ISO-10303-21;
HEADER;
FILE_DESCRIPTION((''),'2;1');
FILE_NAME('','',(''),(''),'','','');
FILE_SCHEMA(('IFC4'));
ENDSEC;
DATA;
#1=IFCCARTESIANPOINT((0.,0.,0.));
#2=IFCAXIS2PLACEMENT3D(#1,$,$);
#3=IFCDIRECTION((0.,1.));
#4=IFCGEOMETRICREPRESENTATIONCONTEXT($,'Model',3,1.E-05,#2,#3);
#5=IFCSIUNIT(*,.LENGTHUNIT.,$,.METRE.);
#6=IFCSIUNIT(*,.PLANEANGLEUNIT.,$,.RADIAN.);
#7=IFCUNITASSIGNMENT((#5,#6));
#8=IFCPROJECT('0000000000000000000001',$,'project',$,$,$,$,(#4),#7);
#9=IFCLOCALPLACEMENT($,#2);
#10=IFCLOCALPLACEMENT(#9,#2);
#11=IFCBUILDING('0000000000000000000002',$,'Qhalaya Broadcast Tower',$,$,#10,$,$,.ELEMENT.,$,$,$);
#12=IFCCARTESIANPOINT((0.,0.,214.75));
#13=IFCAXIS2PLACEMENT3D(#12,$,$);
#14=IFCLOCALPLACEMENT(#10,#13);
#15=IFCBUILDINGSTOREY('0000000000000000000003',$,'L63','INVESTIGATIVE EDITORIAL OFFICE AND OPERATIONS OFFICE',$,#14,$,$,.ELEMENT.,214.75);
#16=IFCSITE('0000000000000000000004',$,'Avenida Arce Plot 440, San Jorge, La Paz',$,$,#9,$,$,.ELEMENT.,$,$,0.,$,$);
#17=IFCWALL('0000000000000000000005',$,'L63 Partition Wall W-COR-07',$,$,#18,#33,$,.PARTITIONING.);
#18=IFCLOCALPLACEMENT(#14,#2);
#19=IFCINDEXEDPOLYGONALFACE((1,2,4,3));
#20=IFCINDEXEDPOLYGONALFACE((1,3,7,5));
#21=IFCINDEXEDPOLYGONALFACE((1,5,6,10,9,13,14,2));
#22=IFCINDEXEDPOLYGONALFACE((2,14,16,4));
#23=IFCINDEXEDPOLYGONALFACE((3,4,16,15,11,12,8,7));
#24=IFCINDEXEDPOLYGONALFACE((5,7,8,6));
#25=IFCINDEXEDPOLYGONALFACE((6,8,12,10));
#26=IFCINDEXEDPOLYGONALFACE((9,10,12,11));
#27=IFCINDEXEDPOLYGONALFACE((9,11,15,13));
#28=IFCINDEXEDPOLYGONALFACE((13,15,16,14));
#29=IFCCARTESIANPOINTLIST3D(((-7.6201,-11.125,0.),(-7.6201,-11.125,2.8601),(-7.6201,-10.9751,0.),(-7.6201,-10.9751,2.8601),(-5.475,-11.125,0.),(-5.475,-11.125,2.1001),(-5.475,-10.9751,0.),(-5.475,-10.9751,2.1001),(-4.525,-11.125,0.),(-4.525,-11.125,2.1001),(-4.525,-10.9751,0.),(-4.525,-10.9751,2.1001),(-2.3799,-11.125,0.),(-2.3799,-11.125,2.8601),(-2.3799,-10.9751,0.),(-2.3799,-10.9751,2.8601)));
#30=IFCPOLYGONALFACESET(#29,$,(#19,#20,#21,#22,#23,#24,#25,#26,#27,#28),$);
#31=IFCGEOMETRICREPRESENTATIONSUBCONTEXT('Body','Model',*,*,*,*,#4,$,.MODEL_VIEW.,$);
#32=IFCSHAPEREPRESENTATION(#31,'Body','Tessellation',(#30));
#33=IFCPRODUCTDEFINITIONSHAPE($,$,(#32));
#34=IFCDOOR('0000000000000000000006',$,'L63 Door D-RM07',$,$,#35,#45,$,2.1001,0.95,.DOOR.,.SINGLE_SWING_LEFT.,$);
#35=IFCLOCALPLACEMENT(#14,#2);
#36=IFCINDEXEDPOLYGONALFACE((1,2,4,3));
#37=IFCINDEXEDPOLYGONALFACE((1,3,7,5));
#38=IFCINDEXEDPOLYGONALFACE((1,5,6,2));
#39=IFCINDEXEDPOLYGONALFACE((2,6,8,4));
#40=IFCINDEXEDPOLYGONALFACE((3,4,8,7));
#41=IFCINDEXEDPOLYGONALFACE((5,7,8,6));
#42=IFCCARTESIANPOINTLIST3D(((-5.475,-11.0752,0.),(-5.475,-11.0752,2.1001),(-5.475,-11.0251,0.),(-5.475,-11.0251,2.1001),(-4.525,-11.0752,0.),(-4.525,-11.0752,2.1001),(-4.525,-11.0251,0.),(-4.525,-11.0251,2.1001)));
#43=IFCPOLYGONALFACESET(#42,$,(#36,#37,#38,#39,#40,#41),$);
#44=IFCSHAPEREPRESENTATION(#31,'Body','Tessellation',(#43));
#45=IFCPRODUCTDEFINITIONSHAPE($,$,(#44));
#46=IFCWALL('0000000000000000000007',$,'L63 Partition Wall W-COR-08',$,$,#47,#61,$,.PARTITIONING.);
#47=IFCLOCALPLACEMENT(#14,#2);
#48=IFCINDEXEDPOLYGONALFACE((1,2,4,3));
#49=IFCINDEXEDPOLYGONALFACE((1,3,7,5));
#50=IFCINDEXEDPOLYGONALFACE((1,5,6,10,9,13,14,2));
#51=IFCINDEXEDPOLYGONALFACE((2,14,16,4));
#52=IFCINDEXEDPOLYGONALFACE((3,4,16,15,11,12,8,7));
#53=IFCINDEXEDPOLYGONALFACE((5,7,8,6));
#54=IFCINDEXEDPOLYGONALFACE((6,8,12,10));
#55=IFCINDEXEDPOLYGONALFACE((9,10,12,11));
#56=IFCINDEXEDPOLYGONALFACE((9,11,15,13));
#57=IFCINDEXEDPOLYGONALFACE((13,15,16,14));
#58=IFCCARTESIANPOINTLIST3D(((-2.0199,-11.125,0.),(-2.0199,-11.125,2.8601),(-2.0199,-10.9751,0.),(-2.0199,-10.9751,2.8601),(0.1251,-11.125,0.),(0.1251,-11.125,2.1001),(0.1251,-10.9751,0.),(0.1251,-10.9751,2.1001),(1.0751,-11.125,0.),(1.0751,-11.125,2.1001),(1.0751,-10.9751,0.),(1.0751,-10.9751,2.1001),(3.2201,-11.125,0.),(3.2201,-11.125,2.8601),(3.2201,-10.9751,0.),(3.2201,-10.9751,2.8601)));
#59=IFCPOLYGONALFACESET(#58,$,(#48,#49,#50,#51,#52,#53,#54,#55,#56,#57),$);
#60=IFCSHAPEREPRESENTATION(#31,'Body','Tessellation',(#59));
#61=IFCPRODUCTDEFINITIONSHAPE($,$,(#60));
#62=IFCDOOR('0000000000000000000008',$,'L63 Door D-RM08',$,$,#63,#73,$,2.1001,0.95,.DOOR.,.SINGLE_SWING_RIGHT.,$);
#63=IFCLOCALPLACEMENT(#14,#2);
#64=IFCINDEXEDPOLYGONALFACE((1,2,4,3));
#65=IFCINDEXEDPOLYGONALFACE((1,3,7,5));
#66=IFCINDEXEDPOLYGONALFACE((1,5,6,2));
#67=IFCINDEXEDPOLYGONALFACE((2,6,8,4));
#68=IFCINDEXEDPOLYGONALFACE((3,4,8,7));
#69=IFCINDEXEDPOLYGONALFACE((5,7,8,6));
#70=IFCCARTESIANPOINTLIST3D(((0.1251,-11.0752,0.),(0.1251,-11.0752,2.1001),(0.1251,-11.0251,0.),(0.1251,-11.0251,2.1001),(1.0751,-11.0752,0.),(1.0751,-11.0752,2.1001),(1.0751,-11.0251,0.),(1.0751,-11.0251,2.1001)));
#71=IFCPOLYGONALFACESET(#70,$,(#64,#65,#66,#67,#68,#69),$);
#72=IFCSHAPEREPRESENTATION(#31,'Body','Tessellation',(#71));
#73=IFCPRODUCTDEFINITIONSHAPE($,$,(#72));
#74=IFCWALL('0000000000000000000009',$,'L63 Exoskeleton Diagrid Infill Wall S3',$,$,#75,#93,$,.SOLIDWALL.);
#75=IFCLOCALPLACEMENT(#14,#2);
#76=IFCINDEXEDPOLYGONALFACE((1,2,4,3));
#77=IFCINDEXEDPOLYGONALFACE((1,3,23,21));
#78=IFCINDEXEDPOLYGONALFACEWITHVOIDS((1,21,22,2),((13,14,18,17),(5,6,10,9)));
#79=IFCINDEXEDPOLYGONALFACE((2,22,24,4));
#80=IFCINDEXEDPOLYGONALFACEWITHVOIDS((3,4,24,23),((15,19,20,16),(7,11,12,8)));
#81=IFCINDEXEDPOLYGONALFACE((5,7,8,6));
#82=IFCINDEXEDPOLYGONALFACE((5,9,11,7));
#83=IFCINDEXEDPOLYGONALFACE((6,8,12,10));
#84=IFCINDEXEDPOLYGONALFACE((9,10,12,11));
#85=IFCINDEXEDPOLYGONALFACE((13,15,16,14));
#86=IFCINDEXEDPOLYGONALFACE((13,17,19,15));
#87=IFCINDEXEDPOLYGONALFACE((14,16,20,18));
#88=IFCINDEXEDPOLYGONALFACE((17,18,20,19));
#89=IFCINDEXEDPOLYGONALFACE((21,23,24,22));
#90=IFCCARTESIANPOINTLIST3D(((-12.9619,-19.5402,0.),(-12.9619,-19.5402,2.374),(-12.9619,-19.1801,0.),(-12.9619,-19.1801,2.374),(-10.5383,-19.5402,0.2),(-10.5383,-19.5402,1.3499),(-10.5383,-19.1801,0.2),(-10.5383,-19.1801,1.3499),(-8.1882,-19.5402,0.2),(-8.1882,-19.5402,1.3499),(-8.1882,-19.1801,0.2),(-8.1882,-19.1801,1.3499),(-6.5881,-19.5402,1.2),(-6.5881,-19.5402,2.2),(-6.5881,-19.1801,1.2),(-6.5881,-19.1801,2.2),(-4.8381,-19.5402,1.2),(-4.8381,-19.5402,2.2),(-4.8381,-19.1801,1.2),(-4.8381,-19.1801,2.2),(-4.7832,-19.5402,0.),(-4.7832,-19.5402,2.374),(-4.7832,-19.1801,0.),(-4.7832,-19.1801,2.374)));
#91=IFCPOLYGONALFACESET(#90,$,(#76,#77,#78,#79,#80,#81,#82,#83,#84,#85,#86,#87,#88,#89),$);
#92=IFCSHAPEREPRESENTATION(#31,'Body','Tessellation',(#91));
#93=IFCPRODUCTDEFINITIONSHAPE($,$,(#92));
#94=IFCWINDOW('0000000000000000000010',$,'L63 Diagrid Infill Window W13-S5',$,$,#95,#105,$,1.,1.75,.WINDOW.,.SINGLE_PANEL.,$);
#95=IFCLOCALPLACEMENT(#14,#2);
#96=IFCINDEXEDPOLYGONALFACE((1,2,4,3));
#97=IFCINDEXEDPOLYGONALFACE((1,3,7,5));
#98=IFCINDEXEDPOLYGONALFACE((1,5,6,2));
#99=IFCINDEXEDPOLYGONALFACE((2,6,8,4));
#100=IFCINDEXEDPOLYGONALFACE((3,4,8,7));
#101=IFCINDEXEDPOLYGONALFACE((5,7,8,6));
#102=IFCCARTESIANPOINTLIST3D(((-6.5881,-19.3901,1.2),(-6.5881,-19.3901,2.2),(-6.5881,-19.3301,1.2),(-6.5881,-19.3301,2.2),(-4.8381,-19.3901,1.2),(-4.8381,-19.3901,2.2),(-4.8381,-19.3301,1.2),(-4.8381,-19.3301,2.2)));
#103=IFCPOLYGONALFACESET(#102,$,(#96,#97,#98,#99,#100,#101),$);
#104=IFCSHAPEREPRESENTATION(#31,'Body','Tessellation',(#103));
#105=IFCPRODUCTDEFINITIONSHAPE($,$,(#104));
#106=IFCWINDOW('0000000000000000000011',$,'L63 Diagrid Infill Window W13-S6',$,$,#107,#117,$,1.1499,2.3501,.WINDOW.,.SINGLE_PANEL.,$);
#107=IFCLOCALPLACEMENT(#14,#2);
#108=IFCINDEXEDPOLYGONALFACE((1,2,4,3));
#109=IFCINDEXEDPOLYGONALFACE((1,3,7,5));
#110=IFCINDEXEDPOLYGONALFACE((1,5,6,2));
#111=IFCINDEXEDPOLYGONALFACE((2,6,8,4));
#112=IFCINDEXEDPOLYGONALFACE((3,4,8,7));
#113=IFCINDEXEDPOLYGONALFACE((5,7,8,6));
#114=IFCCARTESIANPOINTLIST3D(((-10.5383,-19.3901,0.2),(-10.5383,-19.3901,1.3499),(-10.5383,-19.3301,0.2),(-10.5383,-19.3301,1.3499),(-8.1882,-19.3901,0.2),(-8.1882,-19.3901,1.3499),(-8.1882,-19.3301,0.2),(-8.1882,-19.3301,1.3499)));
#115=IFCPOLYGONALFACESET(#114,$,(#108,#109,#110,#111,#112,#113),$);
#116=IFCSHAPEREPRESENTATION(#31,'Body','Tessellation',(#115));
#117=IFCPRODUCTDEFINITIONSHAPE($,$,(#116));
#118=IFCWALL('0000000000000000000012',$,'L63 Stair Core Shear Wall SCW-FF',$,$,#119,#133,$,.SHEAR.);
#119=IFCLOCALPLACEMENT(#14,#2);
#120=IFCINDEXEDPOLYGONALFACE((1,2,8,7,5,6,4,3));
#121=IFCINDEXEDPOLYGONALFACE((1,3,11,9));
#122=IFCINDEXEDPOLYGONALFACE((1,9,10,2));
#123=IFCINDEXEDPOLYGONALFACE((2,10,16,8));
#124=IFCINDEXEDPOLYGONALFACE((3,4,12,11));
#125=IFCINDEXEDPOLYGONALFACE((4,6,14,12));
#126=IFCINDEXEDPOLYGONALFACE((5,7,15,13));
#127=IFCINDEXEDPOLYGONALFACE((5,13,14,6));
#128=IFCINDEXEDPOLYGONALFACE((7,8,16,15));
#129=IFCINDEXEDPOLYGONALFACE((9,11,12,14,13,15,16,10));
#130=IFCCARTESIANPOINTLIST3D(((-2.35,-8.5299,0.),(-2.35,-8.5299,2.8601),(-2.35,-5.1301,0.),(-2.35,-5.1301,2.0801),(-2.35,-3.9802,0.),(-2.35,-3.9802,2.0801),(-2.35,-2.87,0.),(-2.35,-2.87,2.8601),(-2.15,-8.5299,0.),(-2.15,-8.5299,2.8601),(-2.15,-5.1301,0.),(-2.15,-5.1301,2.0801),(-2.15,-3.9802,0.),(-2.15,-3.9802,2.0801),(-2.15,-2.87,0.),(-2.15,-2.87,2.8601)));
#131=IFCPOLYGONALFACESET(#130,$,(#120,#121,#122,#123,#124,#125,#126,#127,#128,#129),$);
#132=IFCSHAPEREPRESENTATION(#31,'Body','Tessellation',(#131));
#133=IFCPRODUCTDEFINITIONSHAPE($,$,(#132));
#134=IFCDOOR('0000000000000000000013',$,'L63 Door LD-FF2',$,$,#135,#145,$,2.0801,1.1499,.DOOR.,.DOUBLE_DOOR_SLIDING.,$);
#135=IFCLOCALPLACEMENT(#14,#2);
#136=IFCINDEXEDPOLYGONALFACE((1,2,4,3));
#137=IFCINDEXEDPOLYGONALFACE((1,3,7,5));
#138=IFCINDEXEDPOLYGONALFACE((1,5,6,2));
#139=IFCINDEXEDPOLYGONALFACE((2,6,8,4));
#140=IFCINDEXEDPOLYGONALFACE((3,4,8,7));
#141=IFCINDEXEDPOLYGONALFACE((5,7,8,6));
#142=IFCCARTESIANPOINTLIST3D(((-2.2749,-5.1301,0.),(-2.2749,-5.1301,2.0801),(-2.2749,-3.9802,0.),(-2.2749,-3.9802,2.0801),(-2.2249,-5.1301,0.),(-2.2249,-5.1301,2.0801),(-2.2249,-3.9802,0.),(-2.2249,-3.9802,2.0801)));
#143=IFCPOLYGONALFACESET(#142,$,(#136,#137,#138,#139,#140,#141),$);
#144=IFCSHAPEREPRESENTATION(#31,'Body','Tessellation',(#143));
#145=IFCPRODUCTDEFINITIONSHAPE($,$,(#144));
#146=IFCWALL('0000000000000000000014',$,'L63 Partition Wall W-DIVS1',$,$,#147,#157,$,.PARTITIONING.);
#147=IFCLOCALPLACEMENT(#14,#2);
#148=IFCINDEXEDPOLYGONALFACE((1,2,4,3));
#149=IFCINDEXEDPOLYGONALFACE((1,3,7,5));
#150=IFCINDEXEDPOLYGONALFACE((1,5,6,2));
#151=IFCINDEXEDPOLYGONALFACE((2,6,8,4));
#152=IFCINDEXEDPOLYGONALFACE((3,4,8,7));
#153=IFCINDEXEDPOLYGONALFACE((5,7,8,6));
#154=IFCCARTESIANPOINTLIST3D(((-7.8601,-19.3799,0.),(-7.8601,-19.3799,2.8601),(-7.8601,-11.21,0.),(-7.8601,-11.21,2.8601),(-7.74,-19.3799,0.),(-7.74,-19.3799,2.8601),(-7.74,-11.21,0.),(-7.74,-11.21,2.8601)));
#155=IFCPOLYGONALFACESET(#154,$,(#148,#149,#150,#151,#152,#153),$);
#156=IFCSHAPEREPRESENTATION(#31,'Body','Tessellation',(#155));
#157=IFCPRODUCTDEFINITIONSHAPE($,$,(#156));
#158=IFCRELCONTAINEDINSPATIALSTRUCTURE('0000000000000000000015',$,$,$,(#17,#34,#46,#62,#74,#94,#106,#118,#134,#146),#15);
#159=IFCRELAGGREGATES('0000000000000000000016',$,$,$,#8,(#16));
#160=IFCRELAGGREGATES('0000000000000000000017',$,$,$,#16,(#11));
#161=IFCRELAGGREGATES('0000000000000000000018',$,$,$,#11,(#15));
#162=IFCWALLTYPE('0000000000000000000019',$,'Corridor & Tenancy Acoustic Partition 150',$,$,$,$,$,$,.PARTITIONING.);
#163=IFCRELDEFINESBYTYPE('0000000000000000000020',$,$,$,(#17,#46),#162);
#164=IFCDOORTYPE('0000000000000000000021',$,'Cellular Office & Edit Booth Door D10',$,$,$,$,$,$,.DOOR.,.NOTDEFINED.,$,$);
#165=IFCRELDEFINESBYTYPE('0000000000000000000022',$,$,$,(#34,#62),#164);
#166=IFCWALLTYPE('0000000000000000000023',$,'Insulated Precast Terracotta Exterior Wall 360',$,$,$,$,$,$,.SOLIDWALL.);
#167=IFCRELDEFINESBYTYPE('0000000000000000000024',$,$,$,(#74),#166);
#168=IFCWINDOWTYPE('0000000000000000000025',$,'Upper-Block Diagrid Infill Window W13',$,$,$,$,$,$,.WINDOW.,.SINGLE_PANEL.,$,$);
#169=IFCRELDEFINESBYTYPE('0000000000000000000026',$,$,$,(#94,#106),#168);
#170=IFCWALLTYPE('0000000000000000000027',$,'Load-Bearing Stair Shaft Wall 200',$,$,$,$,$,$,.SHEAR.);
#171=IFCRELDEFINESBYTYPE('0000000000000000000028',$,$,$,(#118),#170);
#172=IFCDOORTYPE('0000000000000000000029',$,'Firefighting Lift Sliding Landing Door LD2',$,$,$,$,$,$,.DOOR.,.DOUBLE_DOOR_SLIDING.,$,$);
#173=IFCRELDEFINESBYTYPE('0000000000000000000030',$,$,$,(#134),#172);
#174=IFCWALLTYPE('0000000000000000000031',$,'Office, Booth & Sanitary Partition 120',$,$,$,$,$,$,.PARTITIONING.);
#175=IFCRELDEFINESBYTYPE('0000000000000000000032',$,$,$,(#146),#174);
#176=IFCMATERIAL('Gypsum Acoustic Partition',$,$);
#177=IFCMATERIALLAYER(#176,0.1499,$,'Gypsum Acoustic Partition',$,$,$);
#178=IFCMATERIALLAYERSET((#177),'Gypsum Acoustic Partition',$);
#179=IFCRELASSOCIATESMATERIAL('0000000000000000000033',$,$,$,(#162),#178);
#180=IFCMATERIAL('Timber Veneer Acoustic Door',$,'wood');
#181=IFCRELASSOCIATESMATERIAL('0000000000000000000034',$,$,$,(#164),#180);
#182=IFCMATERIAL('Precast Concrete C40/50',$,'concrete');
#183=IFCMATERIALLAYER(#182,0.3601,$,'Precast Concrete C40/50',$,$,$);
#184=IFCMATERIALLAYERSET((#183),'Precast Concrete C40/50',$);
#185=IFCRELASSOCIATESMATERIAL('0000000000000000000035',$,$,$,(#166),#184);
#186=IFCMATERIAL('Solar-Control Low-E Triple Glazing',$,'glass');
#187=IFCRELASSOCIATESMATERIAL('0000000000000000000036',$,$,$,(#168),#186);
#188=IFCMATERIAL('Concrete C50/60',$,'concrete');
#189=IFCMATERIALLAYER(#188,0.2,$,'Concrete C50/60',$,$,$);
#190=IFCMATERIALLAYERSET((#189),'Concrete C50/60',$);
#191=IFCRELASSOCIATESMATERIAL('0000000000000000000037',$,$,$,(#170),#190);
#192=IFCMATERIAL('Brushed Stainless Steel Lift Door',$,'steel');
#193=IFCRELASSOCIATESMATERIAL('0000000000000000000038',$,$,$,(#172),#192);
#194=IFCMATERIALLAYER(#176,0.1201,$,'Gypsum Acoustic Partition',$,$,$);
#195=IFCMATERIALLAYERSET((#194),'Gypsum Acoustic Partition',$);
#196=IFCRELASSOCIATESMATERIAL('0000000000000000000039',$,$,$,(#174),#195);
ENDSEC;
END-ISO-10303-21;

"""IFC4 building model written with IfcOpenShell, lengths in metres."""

from ifc_helpers import new_model, si_unit, direction, frame, frame_2d, origin, place, context, subcontext, project, spatial, rectangle, extrude, material, layer, layer_set, type_object, element, fill, save


model = new_model("IFC4")

# Units and contexts
model_context = context("Model", 3, precision=1e-05, world=origin(), true_north=direction((0.0, 1.0)))
body_context = subcontext(model_context, "Body", "Model", "MODEL_VIEW")
ifc_project = project(units=[si_unit("LENGTHUNIT", "METRE"), si_unit("PLANEANGLEUNIT", "RADIAN")], contexts=[model_context])

# Site, building, storey
site_placement = place(None, origin())
site = spatial("IfcSite", under=ifc_project, at=site_placement, Name="Avenida Arce Plot 440, San Jorge, La Paz", CompositionType="ELEMENT", RefElevation=0.0)
building_placement = place(site_placement, origin())
building = spatial("IfcBuilding", under=site, at=building_placement, Name="Qhalaya Broadcast Tower", CompositionType="ELEMENT")
storey_placement = place(building_placement, frame((0.0, 0.0, 214.75)))
storey = spatial("IfcBuildingStorey", under=building, at=storey_placement, Name="L63", Description="INVESTIGATIVE EDITORIAL OFFICE AND OPERATIONS OFFICE", CompositionType="ELEMENT", Elevation=214.75)

# Shared definitions
ifc_material_1 = material(Name="Concrete C50/60", Category="concrete")

# Walls, openings, doors
ifc_material_2 = material(Name="Gypsum Acoustic Partition")
ifc_layer_1 = layer(ifc_material_2, 0.1499, Name="Gypsum Acoustic Partition")
ifc_layer_set_1 = layer_set([ifc_layer_1], Name="Gypsum Acoustic Partition")
wall_type_1 = type_object("IfcWallType", Name="Corridor & Tenancy Acoustic Partition 150", PredefinedType="PARTITIONING", material=ifc_layer_set_1)
wall_1_placement = place(storey_placement, frame((-7.6201, -11.05, 0.0), z_axis=(0.0, 0.0, 1.0), x_axis=(1.0, 0.0, 0.0)))
wall_1 = element("IfcWall", 1, at=wall_1_placement, inside=storey, type_object=wall_type_1, Name="L63 Partition Wall W-COR-07", PredefinedType="PARTITIONING", context=body_context, shape_type="SweptSolid", body=[
    extrude(rectangle(XDim=5.2402, YDim=0.1499, at=frame_2d((2.6201, 0.0))), origin(), (0.0, 0.0, 1.0), 2.8601),
])
opening_1_placement = place(wall_1_placement, frame((2.145, 0.0, 0.0)))
opening_1 = element("IfcOpeningElement", 2, at=opening_1_placement, cuts=wall_1, PredefinedType="OPENING", context=body_context, shape_type="SweptSolid", body=[
    extrude(rectangle(XDim=0.95, YDim=2.1001, at=frame_2d((0.4751, 1.05))), frame((0.0, 0.0869, 0.0), z_axis=(0.0, -1.0, 0.0), x_axis=(1.0, 0.0, 0.0)), (0.0, 0.0, 1.0), 0.1738),
])
ifc_material_3 = material(Name="Timber Veneer Acoustic Door", Category="wood")
door_type_1 = type_object("IfcDoorType", Name="Cellular Office & Edit Booth Door D10", OperationType="NOTDEFINED", PredefinedType="DOOR", material=ifc_material_3)
door_1_placement = place(opening_1_placement, origin())
door_1 = element("IfcDoor", 3, at=door_1_placement, inside=storey, type_object=door_type_1, Name="L63 Door D-RM07", OperationType="SINGLE_SWING_LEFT", OverallHeight=2.1001, OverallWidth=0.95, PredefinedType="DOOR", context=body_context, shape_type="SweptSolid", body=[
    extrude(rectangle(XDim=0.95, YDim=2.1001, at=frame_2d((0.4751, 1.05))), frame((0.0, 0.0249, 0.0), z_axis=(0.0, -1.0, 0.0), x_axis=(1.0, 0.0, 0.0)), (0.0, 0.0, 1.0), 0.05),
])
fill(opening_1, door_1)
wall_2_placement = place(storey_placement, frame((-2.02, -11.05, 0.0), z_axis=(0.0, 0.0, 1.0), x_axis=(1.0, 0.0, 0.0)))
wall_2 = element("IfcWall", 4, at=wall_2_placement, inside=storey, type_object=wall_type_1, Name="L63 Partition Wall W-COR-08", PredefinedType="PARTITIONING", context=body_context, shape_type="SweptSolid", body=[
    extrude(rectangle(XDim=5.24, YDim=0.1499, at=frame_2d((2.6201, 0.0))), origin(), (0.0, 0.0, 1.0), 2.8601),
])
opening_2_placement = place(wall_2_placement, frame((2.145, 0.0, 0.0)))
opening_2 = element("IfcOpeningElement", 5, at=opening_2_placement, cuts=wall_2, PredefinedType="OPENING", context=body_context, shape_type="SweptSolid", body=[
    extrude(rectangle(XDim=0.95, YDim=2.1001, at=frame_2d((0.4751, 1.05))), frame((0.0, 0.0869, 0.0), z_axis=(0.0, -1.0, 0.0), x_axis=(1.0, 0.0, 0.0)), (0.0, 0.0, 1.0), 0.1738),
])
door_2_placement = place(opening_2_placement, origin())
door_2 = element("IfcDoor", 6, at=door_2_placement, inside=storey, type_object=door_type_1, Name="L63 Door D-RM08", OperationType="SINGLE_SWING_RIGHT", OverallHeight=2.1001, OverallWidth=0.95, PredefinedType="DOOR", context=body_context, shape_type="SweptSolid", body=[
    extrude(rectangle(XDim=0.95, YDim=2.1001, at=frame_2d((0.4751, 1.05))), frame((0.0, 0.0249, 0.0), z_axis=(0.0, -1.0, 0.0), x_axis=(1.0, 0.0, 0.0)), (0.0, 0.0, 1.0), 0.05),
])
fill(opening_2, door_2)

# Wall, openings, windows
ifc_material_4 = material(Name="Precast Concrete C40/50", Category="concrete")
ifc_layer_2 = layer(ifc_material_4, 0.3601, Name="Precast Concrete C40/50")
ifc_layer_set_2 = layer_set([ifc_layer_2], Name="Precast Concrete C40/50")
wall_type_2 = type_object("IfcWallType", Name="Insulated Precast Terracotta Exterior Wall 360", PredefinedType="SOLIDWALL", material=ifc_layer_set_2)
wall_3_placement = place(storey_placement, frame((-4.7832, -19.3601, 0.0), z_axis=(0.0, 0.0, 1.0), x_axis=(-1.0, 0.0, 0.0)))
wall_3 = element("IfcWall", 7, at=wall_3_placement, inside=storey, type_object=wall_type_2, Name="L63 Exoskeleton Diagrid Infill Wall S3", PredefinedType="SOLIDWALL", context=body_context, shape_type="SweptSolid", body=[
    extrude(rectangle(XDim=8.1787, YDim=0.3601, at=frame_2d((4.0894, 0.0))), origin(), (0.0, 0.0, 1.0), 2.374),
])
opening_3_placement = place(wall_3_placement, frame((0.0549, 0.0, 1.2)))
opening_3 = element("IfcOpeningElement", 8, at=opening_3_placement, cuts=wall_3, PredefinedType="OPENING", context=body_context, shape_type="SweptSolid", body=[
    extrude(rectangle(XDim=1.75, YDim=1.0, at=frame_2d((0.875, 0.5))), frame((0.0, 0.1921, 0.0), z_axis=(0.0, -1.0, 0.0), x_axis=(1.0, 0.0, 0.0)), (0.0, 0.0, 1.0), 0.384),
])
opening_4_placement = place(wall_3_placement, frame((3.405, 0.0, 0.2)))
opening_4 = element("IfcOpeningElement", 9, at=opening_4_placement, cuts=wall_3, PredefinedType="OPENING", context=body_context, shape_type="SweptSolid", body=[
    extrude(rectangle(XDim=2.3501, YDim=1.1499, at=frame_2d((1.175, 0.575))), frame((0.0, 0.1921, 0.0), z_axis=(0.0, -1.0, 0.0), x_axis=(1.0, 0.0, 0.0)), (0.0, 0.0, 1.0), 0.384),
])
ifc_material_5 = material(Name="Solar-Control Low-E Triple Glazing", Category="glass")
window_type = type_object("IfcWindowType", Name="Upper-Block Diagrid Infill Window W13", PartitioningType="SINGLE_PANEL", PredefinedType="WINDOW", material=ifc_material_5)
window_1_placement = place(opening_3_placement, origin())
window_1 = element("IfcWindow", 10, at=window_1_placement, inside=storey, type_object=window_type, Name="L63 Diagrid Infill Window W13-S5", OverallHeight=1.0, OverallWidth=1.75, PartitioningType="SINGLE_PANEL", PredefinedType="WINDOW", context=body_context, shape_type="SweptSolid", body=[
    extrude(rectangle(XDim=1.75, YDim=1.0, at=frame_2d((0.875, 0.5))), frame((0.0, 0.03, 0.0), z_axis=(0.0, -1.0, 0.0), x_axis=(1.0, 0.0, 0.0)), (0.0, 0.0, 1.0), 0.0601),
])
fill(opening_3, window_1)
window_2_placement = place(opening_4_placement, origin())
window_2 = element("IfcWindow", 11, at=window_2_placement, inside=storey, type_object=window_type, Name="L63 Diagrid Infill Window W13-S6", OverallHeight=1.1499, OverallWidth=2.3501, PartitioningType="SINGLE_PANEL", PredefinedType="WINDOW", context=body_context, shape_type="SweptSolid", body=[
    extrude(rectangle(XDim=2.3501, YDim=1.1499, at=frame_2d((1.175, 0.575))), frame((0.0, 0.03, 0.0), z_axis=(0.0, -1.0, 0.0), x_axis=(1.0, 0.0, 0.0)), (0.0, 0.0, 1.0), 0.0601),
])
fill(opening_4, window_2)

# Wall, opening, door
ifc_layer_3 = layer(ifc_material_1, 0.2, Name="Concrete C50/60")
ifc_layer_set_3 = layer_set([ifc_layer_3], Name="Concrete C50/60")
wall_type_3 = type_object("IfcWallType", Name="Load-Bearing Stair Shaft Wall 200", PredefinedType="SHEAR", material=ifc_layer_set_3)
wall_4_placement = place(storey_placement, frame((-2.25, -8.53, 0.0), z_axis=(0.0, 0.0, 1.0), x_axis=(0.0, 1.0, 0.0)))
wall_4 = element("IfcWall", 12, at=wall_4_placement, inside=storey, type_object=wall_type_3, Name="L63 Stair Core Shear Wall SCW-FF", PredefinedType="SHEAR", context=body_context, shape_type="SweptSolid", body=[
    extrude(rectangle(XDim=5.6599, YDim=0.2, at=frame_2d((2.8301, 0.0))), origin(), (0.0, 0.0, 1.0), 2.8601),
])
opening_5_placement = place(wall_4_placement, frame((3.3999, 0.0, 0.0)))
opening_5 = element("IfcOpeningElement", 13, at=opening_5_placement, cuts=wall_4, PredefinedType="OPENING", context=body_context, shape_type="SweptSolid", body=[
    extrude(rectangle(XDim=1.1499, YDim=2.0801, at=frame_2d((0.575, 1.04))), frame((0.0, 0.1121, 0.0), z_axis=(0.0, -1.0, 0.0), x_axis=(1.0, 0.0, 0.0)), (0.0, 0.0, 1.0), 0.2239),
])
ifc_material_6 = material(Name="Brushed Stainless Steel Lift Door", Category="steel")
door_type_2 = type_object("IfcDoorType", Name="Firefighting Lift Sliding Landing Door LD2", OperationType="DOUBLE_DOOR_SLIDING", PredefinedType="DOOR", material=ifc_material_6)
door_3_placement = place(opening_5_placement, origin())
door_3 = element("IfcDoor", 14, at=door_3_placement, inside=storey, type_object=door_type_2, Name="L63 Door LD-FF2", OperationType="DOUBLE_DOOR_SLIDING", OverallHeight=2.0801, OverallWidth=1.1499, PredefinedType="DOOR", context=body_context, shape_type="SweptSolid", body=[
    extrude(rectangle(XDim=1.1499, YDim=2.0801, at=frame_2d((0.575, 1.04))), frame((0.0, 0.0249, 0.0), z_axis=(0.0, -1.0, 0.0), x_axis=(1.0, 0.0, 0.0)), (0.0, 0.0, 1.0), 0.05),
])
fill(opening_5, door_3)

# Wall
ifc_layer_4 = layer(ifc_material_2, 0.1201, Name="Gypsum Acoustic Partition")
ifc_layer_set_4 = layer_set([ifc_layer_4], Name="Gypsum Acoustic Partition")
wall_type_4 = type_object("IfcWallType", Name="Office, Booth & Sanitary Partition 120", PredefinedType="PARTITIONING", material=ifc_layer_set_4)
for number, where, z_axis, x_axis, name in (
    (15, (-7.8, -19.3799, 0.0), (0.0, 0.0, 1.0), (0.0, 1.0, 0.0), "L63 Partition Wall W-DIVS1"),
):
    element("IfcWall", number, at=place(storey_placement, frame(where, z_axis=z_axis, x_axis=x_axis)), inside=storey, type_object=wall_type_4, Name=name, PredefinedType="PARTITIONING", context=body_context, shape_type="SweptSolid", body=[
        extrude(rectangle(XDim=8.1699, YDim=0.1201, at=frame_2d((4.085, 0.0))), origin(), (0.0, 0.0, 1.0), 2.8601),
    ])

save(model, "model.ifc")
